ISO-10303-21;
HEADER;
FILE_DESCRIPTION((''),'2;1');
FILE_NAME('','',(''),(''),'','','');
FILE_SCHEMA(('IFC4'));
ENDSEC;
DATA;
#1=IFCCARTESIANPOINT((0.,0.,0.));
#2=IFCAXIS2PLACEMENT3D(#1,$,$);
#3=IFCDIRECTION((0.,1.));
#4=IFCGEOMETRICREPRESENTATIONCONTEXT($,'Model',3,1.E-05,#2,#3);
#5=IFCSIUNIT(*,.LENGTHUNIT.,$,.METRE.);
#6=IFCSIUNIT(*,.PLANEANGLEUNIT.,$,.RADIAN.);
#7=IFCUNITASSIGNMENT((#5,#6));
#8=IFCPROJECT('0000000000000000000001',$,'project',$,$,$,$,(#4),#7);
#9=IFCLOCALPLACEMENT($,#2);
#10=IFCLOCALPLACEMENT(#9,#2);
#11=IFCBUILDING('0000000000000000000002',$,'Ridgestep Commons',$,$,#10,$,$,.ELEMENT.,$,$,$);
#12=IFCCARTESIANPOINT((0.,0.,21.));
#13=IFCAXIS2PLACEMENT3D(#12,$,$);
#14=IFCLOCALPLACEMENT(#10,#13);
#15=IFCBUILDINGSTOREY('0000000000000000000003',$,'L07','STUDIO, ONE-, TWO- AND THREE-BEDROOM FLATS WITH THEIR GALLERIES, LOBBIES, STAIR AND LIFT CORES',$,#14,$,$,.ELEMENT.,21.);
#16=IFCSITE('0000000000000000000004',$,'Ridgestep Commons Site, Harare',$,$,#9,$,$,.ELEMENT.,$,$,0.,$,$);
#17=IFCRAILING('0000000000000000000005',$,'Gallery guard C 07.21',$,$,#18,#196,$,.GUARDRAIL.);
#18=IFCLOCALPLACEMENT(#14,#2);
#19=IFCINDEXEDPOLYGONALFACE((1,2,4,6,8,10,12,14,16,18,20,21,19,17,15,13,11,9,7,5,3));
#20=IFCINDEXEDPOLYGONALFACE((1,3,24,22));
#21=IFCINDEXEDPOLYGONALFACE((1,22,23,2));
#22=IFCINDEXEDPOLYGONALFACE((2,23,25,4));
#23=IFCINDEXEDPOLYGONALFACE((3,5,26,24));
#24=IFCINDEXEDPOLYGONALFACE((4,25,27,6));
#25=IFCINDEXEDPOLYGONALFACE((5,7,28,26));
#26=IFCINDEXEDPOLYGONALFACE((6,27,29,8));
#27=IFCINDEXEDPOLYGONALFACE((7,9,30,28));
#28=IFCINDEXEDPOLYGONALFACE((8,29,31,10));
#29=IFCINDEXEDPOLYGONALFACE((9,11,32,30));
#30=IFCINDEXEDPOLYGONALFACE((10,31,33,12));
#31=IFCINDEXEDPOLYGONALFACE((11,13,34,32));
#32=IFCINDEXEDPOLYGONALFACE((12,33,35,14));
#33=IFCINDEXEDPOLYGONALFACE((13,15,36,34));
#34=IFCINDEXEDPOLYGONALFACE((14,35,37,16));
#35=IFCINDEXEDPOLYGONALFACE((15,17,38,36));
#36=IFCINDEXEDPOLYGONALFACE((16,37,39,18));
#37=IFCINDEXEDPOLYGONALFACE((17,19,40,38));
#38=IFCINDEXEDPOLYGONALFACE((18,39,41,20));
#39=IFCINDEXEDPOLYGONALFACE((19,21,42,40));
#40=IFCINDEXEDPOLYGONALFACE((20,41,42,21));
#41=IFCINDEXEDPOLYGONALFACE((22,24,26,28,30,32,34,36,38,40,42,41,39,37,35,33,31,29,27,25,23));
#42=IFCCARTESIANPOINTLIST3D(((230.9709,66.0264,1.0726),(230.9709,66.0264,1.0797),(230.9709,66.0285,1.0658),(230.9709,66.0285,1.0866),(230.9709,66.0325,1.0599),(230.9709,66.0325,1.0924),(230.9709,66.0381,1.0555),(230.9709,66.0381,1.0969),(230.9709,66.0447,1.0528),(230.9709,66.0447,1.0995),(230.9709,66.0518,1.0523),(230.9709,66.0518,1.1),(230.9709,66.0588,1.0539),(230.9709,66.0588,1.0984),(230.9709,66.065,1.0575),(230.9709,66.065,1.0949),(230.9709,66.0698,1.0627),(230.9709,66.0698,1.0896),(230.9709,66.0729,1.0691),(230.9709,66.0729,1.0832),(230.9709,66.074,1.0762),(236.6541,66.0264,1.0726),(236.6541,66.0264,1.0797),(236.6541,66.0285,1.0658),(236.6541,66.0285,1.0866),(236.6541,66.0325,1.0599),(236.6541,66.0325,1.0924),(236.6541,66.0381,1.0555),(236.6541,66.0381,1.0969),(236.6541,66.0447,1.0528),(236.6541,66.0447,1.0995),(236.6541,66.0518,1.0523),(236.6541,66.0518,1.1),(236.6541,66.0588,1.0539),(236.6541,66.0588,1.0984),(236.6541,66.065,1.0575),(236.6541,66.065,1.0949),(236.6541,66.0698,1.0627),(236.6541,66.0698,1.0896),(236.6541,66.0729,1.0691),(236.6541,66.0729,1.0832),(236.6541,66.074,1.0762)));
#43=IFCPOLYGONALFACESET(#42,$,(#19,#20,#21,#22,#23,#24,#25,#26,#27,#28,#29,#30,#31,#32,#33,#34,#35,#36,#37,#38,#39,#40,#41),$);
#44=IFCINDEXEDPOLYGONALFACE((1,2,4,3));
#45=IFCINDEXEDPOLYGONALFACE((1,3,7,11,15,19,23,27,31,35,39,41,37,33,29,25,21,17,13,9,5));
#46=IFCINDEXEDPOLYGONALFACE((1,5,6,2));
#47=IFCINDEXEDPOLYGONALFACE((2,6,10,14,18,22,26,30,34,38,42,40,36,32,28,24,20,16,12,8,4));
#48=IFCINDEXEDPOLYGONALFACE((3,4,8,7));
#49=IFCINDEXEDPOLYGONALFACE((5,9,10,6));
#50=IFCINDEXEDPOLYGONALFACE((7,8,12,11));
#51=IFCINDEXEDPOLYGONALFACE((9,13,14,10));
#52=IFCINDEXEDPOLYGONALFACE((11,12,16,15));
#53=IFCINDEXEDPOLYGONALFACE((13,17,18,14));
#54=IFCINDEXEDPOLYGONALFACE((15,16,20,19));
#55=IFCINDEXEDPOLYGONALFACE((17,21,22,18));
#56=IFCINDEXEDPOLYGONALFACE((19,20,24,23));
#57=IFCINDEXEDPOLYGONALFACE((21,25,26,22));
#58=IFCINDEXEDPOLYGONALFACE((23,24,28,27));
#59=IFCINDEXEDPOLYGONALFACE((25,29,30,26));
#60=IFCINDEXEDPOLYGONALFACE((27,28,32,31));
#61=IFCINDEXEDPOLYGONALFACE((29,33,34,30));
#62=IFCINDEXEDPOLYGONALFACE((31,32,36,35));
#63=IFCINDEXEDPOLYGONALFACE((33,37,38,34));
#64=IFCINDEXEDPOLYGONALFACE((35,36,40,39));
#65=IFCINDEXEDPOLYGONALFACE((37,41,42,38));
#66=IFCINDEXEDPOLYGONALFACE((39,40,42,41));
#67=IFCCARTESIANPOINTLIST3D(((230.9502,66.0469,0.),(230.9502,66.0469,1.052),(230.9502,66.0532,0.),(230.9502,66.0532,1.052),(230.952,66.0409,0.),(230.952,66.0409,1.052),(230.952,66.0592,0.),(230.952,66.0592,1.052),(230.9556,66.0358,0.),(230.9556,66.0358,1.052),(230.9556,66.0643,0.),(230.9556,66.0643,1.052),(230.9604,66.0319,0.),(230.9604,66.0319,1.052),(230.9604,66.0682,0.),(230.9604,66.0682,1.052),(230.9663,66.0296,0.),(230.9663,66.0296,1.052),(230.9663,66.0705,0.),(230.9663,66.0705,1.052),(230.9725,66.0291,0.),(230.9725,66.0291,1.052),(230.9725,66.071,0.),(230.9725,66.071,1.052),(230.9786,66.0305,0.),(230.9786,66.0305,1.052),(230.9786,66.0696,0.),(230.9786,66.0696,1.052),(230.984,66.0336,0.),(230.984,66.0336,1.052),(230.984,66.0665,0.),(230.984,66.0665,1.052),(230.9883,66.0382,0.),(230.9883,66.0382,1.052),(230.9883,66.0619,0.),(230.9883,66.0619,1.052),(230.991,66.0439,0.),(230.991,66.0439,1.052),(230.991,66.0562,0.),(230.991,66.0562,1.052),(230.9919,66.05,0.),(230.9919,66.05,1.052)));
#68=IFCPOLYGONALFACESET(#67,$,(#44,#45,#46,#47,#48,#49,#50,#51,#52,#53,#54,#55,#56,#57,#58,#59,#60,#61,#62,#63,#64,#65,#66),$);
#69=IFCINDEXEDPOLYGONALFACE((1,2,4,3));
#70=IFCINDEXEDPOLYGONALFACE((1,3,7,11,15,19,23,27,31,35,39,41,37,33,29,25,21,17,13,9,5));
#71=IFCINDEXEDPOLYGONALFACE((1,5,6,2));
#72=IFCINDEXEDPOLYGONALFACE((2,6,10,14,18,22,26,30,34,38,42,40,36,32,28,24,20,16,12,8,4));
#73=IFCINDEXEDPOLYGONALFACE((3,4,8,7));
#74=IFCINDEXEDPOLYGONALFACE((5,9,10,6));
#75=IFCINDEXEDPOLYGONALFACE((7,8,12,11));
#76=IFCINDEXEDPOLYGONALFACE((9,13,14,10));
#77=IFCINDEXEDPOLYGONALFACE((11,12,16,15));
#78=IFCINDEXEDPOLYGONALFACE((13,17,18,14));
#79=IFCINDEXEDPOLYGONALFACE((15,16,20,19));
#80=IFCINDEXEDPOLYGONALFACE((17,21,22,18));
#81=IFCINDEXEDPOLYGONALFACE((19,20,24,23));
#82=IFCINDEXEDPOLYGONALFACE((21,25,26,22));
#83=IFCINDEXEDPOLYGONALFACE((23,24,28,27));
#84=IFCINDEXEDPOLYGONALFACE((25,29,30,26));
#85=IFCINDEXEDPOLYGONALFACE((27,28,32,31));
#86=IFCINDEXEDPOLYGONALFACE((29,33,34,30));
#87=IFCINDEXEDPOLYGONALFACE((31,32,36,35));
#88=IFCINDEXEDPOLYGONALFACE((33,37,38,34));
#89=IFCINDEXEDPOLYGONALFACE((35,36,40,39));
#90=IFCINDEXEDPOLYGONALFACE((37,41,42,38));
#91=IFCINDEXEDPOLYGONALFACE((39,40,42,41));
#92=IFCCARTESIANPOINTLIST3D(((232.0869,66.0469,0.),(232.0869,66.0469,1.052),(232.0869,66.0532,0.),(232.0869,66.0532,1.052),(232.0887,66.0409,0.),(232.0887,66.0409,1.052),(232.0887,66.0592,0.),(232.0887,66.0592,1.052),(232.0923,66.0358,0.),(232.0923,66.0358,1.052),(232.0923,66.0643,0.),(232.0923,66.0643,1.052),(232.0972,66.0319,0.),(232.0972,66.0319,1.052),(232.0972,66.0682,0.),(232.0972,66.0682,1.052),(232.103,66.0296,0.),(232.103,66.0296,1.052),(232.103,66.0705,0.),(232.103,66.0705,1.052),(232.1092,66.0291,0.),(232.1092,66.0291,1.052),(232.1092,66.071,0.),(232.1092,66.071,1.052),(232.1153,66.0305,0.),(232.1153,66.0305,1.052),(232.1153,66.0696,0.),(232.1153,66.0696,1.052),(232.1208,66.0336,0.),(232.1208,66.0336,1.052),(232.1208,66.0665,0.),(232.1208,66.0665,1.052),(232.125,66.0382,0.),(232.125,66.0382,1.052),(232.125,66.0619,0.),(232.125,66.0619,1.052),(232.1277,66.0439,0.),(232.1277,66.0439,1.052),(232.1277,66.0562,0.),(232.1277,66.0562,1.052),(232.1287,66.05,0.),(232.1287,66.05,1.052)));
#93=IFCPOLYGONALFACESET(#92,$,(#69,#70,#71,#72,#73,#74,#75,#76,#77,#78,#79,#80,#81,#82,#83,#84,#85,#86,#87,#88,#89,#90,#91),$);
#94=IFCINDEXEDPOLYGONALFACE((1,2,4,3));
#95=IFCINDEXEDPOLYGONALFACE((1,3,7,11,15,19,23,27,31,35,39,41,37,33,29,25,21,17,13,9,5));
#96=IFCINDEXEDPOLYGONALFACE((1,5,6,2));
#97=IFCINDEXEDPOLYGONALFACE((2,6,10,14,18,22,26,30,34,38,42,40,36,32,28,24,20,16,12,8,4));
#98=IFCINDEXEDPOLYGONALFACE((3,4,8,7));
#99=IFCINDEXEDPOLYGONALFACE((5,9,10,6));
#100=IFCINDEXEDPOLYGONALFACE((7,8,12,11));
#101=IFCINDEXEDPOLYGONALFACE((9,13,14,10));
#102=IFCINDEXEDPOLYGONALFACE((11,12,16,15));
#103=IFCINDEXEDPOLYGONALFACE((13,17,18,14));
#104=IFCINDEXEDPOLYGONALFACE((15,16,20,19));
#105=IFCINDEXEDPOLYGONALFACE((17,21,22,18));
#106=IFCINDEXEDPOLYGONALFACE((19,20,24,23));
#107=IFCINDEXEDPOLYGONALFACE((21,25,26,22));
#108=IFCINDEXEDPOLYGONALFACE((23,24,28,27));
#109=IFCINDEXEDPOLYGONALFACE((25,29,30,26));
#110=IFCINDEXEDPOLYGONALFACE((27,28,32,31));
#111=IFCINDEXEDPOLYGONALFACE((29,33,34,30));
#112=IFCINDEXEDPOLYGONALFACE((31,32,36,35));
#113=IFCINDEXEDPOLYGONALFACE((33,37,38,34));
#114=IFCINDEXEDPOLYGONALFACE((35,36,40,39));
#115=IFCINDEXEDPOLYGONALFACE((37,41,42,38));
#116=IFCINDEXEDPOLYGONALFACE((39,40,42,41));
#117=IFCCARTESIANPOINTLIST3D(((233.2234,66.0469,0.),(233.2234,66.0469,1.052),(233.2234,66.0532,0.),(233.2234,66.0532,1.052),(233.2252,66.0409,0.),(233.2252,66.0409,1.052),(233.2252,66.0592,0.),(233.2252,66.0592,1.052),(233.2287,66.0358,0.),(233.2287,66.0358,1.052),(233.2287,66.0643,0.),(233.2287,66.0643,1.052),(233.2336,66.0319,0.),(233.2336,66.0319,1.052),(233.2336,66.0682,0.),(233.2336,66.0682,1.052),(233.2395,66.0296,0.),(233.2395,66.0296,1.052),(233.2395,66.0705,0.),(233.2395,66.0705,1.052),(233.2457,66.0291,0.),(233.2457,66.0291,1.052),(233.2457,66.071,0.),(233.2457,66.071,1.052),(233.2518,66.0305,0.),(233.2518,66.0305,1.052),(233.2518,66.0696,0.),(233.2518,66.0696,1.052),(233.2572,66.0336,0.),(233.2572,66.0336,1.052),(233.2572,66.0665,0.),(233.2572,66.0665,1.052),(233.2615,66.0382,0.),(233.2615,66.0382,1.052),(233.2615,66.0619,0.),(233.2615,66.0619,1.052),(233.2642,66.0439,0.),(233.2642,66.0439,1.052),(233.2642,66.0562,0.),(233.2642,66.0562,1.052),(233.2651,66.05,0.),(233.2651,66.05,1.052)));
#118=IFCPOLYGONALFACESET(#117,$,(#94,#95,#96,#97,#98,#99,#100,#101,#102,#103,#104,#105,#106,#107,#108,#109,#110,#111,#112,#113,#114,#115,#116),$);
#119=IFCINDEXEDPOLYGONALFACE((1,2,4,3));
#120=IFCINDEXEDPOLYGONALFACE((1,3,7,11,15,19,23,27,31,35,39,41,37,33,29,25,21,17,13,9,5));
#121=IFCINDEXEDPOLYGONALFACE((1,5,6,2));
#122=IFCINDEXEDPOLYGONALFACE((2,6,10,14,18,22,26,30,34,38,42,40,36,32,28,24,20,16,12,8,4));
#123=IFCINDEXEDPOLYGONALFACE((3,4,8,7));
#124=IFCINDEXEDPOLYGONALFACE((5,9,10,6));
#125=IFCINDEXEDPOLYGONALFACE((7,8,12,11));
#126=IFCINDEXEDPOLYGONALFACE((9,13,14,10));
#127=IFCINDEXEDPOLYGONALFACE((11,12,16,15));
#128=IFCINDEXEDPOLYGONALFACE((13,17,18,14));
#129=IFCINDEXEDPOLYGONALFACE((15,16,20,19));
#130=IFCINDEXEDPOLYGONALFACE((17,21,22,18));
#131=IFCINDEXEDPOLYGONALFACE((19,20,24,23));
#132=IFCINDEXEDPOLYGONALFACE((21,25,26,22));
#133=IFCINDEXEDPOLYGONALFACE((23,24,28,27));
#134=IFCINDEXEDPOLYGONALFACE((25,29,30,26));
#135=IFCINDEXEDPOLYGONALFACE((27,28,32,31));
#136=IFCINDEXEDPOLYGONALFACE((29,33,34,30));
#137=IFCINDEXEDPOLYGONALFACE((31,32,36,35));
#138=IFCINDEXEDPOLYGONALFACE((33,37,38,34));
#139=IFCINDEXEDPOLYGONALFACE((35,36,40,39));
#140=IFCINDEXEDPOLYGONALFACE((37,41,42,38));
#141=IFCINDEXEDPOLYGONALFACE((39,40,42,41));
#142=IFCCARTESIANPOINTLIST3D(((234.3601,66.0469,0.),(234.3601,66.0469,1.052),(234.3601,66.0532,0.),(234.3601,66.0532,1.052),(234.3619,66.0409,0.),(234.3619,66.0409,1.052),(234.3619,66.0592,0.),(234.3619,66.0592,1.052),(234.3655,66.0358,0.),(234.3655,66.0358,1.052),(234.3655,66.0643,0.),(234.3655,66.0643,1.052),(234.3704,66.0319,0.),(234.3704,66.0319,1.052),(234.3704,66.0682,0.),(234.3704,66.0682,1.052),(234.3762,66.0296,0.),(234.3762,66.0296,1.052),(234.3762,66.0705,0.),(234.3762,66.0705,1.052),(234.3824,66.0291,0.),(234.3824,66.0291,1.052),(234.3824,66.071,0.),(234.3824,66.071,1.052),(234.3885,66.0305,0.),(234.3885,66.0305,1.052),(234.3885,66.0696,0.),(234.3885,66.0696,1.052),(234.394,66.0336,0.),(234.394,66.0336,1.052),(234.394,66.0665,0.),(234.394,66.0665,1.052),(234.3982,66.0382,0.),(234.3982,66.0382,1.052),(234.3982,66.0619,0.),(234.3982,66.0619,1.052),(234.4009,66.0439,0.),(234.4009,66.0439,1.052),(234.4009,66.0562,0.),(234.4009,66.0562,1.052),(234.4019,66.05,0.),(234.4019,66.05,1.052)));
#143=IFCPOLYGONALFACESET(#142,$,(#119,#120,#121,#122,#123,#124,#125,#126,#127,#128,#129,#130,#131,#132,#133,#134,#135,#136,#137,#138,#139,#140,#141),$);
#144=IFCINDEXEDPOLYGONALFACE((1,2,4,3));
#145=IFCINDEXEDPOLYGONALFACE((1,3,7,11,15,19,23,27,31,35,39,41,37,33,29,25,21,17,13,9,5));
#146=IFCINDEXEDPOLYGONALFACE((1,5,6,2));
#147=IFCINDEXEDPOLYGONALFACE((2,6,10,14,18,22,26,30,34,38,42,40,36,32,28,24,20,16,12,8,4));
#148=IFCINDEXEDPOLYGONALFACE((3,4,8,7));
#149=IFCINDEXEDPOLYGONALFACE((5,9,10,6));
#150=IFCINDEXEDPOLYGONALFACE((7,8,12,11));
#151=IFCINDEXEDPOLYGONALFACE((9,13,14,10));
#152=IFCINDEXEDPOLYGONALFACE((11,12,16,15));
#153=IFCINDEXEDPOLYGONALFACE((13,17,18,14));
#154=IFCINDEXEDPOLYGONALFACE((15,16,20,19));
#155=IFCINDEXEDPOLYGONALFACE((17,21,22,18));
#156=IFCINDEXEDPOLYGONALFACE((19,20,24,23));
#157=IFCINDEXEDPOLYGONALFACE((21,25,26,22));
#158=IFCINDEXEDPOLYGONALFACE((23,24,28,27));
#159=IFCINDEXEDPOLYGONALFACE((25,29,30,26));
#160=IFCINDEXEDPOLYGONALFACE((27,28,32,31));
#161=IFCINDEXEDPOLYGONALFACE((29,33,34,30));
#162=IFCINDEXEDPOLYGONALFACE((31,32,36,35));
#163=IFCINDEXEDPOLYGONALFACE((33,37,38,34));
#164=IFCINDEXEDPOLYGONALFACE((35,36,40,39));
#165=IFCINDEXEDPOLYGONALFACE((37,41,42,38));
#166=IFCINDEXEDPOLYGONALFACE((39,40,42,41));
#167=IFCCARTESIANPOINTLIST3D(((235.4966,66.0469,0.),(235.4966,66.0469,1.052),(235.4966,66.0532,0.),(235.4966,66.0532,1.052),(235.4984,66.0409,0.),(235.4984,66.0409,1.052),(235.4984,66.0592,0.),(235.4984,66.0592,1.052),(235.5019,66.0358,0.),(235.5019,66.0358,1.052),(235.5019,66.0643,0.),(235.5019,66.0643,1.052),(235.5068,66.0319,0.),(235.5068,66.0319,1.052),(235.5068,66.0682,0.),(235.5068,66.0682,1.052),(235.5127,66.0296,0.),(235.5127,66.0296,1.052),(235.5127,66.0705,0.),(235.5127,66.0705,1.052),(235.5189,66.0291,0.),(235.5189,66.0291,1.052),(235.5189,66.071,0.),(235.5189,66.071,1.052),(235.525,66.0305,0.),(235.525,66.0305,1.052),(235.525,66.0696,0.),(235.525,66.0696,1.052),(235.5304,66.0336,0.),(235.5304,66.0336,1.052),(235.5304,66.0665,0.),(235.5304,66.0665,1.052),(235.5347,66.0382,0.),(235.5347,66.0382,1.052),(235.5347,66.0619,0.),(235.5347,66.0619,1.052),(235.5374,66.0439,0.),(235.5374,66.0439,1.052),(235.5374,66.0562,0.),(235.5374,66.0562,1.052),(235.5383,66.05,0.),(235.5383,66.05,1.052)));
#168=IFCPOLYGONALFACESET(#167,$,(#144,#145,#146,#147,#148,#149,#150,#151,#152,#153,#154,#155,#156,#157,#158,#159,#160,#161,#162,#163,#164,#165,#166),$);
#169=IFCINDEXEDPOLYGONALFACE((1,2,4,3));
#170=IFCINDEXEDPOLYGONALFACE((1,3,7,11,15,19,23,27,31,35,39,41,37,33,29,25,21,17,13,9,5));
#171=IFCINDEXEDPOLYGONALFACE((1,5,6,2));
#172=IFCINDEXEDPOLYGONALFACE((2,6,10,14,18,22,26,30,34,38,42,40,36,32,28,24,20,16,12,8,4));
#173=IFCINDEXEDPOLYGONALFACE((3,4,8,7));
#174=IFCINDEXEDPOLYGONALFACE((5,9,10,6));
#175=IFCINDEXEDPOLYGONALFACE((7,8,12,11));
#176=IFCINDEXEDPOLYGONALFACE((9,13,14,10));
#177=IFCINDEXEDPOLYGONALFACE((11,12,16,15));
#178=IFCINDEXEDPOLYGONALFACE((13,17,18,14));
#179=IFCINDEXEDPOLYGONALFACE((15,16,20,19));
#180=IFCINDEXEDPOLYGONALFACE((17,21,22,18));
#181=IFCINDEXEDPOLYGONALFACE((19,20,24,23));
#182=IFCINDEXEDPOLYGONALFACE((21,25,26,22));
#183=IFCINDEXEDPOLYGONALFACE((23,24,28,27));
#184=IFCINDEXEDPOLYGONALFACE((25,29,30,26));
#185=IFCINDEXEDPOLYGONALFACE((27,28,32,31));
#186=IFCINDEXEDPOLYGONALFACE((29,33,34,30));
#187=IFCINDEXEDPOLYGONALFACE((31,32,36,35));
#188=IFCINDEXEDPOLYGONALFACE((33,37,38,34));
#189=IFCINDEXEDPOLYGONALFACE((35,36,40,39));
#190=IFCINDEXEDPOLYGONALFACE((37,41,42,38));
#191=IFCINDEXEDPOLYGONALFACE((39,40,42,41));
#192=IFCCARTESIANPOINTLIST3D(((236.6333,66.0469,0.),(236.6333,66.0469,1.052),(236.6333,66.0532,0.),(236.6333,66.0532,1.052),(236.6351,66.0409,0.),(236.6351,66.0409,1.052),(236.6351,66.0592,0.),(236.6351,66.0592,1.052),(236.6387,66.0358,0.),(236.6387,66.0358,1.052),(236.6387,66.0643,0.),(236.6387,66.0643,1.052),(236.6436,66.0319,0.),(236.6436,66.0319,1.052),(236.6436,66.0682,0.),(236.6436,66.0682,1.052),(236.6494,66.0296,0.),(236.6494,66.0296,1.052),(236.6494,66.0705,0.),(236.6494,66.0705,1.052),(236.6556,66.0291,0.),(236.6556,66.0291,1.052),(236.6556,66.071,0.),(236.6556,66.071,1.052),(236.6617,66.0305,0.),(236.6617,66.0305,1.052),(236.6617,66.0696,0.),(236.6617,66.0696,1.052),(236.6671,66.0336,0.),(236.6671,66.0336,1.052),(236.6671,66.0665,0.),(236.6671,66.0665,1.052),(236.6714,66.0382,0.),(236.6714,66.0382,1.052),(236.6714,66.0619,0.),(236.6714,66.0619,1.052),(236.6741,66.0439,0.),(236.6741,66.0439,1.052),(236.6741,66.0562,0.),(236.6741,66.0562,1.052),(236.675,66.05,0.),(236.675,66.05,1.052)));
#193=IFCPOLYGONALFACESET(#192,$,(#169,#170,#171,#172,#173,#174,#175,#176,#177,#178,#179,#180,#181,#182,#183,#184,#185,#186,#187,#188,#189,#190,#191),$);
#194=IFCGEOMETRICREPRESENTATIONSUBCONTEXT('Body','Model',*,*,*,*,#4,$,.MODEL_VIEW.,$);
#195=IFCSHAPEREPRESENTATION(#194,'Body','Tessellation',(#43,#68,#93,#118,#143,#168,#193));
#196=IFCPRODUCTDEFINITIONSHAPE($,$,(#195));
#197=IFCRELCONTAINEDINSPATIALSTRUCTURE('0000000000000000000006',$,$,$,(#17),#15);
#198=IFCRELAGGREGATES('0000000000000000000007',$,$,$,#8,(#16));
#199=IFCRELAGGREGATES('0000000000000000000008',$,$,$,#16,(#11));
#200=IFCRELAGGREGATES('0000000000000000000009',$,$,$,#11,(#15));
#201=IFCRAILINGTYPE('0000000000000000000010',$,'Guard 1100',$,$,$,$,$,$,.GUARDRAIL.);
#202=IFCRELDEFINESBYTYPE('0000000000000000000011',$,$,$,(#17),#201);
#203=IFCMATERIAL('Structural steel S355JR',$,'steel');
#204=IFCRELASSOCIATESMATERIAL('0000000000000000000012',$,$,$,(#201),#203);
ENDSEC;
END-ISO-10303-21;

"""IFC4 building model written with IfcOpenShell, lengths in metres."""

from ifc_helpers import new_model, si_unit, direction, frame, origin, origin_2d, place, context, subcontext, project, spatial, circle, extrude, material, type_object, element, save


model = new_model("IFC4")

# Units and contexts
model_context = context("Model", 3, precision=1e-05, world=origin(), true_north=direction((0.0, 1.0)))
body_context = subcontext(model_context, "Body", "Model", "MODEL_VIEW")
ifc_project = project(units=[si_unit("LENGTHUNIT", "METRE"), si_unit("PLANEANGLEUNIT", "RADIAN")], contexts=[model_context])

# Site, building, storey
site_placement = place(None, origin())
site = spatial("IfcSite", under=ifc_project, at=site_placement, Name="Ridgestep Commons Site, Harare", CompositionType="ELEMENT", RefElevation=0.0)
building_placement = place(site_placement, origin())
building = spatial("IfcBuilding", under=site, at=building_placement, Name="Ridgestep Commons", CompositionType="ELEMENT")
storey_placement = place(building_placement, frame((0.0, 0.0, 21.0)))
storey = spatial("IfcBuildingStorey", under=building, at=storey_placement, Name="L07", Description="STUDIO, ONE-, TWO- AND THREE-BEDROOM FLATS WITH THEIR GALLERIES, LOBBIES, STAIR AND LIFT CORES", CompositionType="ELEMENT", Elevation=21.0)

# Railing
ifc_material_1 = material(Name="Structural steel S355JR", Category="steel")
railing_type = type_object("IfcRailingType", Name="Guard 1100", PredefinedType="GUARDRAIL", material=ifc_material_1)
railing_1_placement = place(storey_placement, frame((230.9709, 66.05, 0.0)))
element("IfcRailing", 1, at=railing_1_placement, inside=storey, type_object=railing_type, Name="Gallery guard C 07.21", PredefinedType="GUARDRAIL", context=body_context, shape_type="SweptSolid", body=[
    extrude(circle(Radius=0.0239, at=origin_2d()), frame((0.0, 0.0, 1.0762), z_axis=(1.0, 0.0, 0.0), x_axis=(0.0, 1.0, 0.0)), (0.0, 0.0, 1.0), 5.6831),
    extrude(circle(Radius=0.021, at=origin_2d()), origin(), (0.0, 0.0, 1.0), 1.052),
    extrude(circle(Radius=0.021, at=origin_2d()), frame((1.1367, 0.0, 0.0)), (0.0, 0.0, 1.0), 1.052),
    extrude(circle(Radius=0.021, at=origin_2d()), frame((2.2732, 0.0, 0.0)), (0.0, 0.0, 1.0), 1.052),
    extrude(circle(Radius=0.021, at=origin_2d()), frame((3.4099, 0.0, 0.0)), (0.0, 0.0, 1.0), 1.052),
    extrude(circle(Radius=0.021, at=origin_2d()), frame((4.5464, 0.0, 0.0)), (0.0, 0.0, 1.0), 1.052),
    extrude(circle(Radius=0.021, at=origin_2d()), frame((5.6831, 0.0, 0.0)), (0.0, 0.0, 1.0), 1.052),
])

save(model, "model.ifc")
